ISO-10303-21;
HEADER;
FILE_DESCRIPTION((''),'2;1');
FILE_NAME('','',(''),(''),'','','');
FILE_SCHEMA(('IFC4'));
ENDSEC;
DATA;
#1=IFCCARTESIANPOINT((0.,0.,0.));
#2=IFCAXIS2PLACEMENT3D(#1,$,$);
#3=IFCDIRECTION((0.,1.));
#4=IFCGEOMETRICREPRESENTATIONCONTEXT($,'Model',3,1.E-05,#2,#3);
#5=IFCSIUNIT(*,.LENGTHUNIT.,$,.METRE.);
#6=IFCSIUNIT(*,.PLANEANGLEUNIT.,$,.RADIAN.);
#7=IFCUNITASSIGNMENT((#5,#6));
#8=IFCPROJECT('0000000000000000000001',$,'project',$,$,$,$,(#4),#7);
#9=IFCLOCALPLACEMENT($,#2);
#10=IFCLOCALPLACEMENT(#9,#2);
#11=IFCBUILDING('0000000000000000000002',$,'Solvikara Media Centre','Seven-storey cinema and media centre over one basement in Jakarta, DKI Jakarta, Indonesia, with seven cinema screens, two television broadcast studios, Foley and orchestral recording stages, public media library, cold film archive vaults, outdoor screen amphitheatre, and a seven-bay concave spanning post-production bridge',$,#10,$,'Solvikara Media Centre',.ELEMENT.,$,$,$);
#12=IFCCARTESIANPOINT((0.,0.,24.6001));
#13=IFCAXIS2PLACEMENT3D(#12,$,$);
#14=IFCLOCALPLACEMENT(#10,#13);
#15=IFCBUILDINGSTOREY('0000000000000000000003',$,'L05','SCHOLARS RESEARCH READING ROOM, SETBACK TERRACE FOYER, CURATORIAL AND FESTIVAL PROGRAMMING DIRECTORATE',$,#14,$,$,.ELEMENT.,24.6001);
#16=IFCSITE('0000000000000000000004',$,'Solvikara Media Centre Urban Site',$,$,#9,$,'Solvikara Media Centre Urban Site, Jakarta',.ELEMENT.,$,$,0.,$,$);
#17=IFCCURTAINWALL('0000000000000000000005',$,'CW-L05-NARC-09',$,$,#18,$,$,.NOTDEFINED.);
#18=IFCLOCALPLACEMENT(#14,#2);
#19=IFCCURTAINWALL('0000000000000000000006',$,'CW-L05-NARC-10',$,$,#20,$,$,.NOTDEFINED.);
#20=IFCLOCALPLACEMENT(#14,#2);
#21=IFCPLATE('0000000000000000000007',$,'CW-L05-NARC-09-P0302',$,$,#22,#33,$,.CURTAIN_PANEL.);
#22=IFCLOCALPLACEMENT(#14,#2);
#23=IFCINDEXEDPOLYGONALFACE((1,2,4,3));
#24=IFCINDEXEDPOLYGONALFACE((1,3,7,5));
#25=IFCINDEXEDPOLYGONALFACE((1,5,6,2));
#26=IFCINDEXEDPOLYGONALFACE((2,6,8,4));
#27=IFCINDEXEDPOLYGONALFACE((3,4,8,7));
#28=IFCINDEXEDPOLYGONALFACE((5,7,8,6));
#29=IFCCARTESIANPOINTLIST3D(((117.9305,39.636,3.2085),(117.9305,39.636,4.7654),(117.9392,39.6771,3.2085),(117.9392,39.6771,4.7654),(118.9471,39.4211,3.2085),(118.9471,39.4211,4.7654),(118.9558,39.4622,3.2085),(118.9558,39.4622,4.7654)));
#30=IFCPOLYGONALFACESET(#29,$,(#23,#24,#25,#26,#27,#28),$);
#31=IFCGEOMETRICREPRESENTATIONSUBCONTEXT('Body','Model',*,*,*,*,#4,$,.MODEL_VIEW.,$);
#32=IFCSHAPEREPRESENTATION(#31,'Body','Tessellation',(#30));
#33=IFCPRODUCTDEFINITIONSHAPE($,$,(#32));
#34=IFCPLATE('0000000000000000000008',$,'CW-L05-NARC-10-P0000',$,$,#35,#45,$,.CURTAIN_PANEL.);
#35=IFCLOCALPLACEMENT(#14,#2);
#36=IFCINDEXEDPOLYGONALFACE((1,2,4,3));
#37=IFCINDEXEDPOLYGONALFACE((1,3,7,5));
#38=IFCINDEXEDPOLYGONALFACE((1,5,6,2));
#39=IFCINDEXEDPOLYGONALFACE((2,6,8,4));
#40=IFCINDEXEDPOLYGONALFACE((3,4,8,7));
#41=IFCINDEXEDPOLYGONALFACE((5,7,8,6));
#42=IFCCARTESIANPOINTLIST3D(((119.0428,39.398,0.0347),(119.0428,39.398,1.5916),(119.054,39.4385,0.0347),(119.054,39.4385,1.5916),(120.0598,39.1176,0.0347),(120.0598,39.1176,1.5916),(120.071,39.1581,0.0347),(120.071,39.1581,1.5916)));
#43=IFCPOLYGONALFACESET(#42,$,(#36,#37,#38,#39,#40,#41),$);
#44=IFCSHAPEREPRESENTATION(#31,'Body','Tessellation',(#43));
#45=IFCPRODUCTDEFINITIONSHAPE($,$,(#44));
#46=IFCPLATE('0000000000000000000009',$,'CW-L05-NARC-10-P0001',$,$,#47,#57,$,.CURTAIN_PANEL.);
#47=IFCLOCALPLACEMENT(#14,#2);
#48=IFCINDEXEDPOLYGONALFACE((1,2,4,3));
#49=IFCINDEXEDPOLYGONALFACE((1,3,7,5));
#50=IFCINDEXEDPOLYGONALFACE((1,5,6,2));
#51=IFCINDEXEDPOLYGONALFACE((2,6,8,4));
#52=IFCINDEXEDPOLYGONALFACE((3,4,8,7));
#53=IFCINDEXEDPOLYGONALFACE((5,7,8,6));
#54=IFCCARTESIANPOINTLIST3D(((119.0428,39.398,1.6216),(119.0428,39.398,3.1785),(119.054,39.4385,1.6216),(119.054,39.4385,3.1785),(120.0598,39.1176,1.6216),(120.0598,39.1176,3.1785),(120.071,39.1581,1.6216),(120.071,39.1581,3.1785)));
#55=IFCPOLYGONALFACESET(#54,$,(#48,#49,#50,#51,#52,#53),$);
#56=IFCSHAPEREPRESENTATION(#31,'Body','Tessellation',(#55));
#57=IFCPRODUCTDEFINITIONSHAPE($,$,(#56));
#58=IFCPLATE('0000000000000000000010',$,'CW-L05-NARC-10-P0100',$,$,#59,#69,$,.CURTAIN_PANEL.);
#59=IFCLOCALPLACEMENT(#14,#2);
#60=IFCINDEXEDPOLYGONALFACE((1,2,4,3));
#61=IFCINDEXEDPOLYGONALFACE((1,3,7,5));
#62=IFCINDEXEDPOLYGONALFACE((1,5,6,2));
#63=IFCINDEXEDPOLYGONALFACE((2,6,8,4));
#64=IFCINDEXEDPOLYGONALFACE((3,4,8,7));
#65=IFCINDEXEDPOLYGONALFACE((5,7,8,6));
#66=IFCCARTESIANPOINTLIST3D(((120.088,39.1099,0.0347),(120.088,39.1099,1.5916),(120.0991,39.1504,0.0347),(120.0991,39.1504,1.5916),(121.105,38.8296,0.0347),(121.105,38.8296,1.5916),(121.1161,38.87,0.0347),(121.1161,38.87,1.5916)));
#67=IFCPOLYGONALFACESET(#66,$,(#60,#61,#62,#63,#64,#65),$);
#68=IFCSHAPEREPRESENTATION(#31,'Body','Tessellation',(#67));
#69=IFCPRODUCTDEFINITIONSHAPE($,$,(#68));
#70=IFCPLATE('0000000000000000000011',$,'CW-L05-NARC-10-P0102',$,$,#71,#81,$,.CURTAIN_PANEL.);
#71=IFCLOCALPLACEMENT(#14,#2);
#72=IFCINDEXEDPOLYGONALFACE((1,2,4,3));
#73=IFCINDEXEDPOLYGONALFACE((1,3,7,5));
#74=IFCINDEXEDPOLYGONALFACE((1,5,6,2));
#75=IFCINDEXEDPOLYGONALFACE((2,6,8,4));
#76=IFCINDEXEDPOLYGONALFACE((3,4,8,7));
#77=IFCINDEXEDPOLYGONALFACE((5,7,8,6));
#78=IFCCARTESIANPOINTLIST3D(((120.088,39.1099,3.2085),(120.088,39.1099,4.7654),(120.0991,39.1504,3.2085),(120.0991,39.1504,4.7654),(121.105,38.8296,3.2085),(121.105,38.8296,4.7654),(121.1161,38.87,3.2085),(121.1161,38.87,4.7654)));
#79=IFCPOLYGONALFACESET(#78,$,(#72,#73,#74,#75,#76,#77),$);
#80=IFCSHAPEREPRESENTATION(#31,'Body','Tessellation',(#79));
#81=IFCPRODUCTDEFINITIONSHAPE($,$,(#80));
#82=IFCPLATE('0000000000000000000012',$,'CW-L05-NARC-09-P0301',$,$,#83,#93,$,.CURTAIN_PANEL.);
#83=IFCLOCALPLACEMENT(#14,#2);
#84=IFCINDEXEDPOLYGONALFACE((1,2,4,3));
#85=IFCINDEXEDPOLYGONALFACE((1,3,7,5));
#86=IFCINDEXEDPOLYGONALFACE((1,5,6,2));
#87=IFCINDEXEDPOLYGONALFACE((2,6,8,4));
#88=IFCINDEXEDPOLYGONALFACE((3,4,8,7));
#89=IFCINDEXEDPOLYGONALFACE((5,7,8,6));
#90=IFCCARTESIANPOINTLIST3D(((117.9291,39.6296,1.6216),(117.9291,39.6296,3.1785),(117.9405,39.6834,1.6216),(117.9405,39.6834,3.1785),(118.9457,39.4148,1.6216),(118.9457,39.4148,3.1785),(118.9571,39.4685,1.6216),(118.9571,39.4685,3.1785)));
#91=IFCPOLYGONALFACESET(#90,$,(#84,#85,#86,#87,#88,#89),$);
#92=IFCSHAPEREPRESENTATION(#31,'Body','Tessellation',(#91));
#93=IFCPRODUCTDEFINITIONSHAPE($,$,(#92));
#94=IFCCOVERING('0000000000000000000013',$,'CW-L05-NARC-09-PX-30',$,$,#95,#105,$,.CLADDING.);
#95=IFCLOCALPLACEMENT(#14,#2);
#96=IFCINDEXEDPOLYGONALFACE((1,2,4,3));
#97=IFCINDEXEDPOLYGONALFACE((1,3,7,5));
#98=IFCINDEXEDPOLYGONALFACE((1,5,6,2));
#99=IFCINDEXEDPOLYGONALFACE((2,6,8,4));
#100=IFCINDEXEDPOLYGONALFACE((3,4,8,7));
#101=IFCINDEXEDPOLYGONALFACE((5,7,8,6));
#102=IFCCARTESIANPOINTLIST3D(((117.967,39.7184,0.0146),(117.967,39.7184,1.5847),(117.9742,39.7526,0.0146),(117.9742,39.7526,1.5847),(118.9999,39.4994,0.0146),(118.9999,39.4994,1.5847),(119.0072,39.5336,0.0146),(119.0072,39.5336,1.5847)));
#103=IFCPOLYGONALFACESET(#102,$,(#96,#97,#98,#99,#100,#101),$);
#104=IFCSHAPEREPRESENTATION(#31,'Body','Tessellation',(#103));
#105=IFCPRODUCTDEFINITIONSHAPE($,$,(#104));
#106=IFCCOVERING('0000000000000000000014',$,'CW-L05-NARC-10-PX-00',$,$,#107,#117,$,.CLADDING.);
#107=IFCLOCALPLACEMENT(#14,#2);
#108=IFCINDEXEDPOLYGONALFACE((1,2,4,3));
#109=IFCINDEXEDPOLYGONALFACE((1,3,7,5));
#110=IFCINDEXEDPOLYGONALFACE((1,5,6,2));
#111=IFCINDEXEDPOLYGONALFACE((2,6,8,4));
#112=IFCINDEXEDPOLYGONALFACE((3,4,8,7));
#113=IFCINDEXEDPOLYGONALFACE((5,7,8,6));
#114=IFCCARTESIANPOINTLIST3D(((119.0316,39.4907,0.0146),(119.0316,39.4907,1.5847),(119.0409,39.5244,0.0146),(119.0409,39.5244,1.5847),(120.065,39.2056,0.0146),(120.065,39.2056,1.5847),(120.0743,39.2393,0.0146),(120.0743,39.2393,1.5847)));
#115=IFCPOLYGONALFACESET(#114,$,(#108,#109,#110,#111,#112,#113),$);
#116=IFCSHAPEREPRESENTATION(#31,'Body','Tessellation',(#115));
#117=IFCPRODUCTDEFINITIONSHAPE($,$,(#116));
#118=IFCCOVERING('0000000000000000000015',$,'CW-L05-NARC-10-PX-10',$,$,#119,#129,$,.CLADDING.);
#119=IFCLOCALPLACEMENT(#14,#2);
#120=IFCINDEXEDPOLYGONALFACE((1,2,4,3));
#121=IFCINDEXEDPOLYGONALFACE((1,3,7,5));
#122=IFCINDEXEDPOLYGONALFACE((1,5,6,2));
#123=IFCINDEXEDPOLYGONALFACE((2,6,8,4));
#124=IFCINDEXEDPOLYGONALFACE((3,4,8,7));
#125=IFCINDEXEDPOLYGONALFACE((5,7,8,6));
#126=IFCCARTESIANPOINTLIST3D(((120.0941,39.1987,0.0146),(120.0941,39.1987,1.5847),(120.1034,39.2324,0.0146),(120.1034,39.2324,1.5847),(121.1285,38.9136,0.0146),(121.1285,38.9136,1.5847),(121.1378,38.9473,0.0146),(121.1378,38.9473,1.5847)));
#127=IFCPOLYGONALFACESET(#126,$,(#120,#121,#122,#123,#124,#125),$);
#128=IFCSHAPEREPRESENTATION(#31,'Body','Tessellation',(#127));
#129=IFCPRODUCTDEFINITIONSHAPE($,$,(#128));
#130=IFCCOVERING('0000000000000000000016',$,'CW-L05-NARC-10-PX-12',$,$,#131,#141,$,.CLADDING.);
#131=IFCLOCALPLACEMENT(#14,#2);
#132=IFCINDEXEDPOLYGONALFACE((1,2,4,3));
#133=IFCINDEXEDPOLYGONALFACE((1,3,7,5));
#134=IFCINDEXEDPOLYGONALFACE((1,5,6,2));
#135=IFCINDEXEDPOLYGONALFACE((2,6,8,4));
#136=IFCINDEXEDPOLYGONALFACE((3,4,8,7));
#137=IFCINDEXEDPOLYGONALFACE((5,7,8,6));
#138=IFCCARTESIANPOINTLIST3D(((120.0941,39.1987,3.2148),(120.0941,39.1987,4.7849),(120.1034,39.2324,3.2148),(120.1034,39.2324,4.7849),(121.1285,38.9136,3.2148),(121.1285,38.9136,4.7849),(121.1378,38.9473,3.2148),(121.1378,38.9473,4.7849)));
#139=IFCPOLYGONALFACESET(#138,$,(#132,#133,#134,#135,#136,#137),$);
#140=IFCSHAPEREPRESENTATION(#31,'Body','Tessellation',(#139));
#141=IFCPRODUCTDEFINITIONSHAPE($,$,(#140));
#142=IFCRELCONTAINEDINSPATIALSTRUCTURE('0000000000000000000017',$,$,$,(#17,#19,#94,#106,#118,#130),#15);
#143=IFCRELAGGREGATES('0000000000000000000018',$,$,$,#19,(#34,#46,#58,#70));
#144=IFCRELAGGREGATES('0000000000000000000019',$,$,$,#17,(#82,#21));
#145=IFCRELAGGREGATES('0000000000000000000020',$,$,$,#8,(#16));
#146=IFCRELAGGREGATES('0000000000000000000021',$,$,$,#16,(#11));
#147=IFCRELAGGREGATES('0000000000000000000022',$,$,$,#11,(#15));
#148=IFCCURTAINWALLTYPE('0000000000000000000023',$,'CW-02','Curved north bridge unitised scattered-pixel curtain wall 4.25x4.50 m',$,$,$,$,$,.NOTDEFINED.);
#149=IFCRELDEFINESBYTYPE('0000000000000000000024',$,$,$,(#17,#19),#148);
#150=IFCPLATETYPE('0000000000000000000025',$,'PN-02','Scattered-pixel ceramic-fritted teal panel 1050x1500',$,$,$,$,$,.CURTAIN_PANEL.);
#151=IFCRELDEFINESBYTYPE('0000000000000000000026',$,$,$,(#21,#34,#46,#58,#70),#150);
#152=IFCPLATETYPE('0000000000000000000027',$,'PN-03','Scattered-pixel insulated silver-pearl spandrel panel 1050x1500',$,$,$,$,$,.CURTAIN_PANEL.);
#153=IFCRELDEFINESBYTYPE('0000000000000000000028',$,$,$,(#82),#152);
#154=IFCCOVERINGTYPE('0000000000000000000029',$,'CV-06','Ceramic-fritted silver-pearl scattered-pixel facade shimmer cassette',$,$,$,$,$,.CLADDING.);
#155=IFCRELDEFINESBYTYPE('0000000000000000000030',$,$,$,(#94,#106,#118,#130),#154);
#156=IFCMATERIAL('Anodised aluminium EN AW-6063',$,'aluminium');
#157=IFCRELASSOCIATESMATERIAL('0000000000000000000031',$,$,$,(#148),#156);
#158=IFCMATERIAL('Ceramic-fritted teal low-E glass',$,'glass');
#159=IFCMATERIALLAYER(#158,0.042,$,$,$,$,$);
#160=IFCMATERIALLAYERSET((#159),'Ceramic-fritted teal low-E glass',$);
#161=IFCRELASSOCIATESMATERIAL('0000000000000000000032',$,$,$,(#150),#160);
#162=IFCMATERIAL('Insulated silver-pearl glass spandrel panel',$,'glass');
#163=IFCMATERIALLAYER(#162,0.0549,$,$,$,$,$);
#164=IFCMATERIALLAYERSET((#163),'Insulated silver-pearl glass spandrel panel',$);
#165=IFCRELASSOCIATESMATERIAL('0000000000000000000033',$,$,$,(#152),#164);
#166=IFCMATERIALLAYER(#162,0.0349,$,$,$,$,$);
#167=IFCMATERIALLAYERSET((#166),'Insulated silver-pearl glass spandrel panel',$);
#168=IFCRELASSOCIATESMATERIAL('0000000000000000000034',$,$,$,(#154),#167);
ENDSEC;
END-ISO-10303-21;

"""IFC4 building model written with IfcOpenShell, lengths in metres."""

from ifc_helpers import new_model, si_unit, direction, frame, origin, origin_2d, place, context, subcontext, project, spatial, rectangle, extrude, material, layer, layer_set, type_object, element, aggregate, save


model = new_model("IFC4")

# Units and contexts
model_context = context("Model", 3, precision=1e-05, world=origin(), true_north=direction((0.0, 1.0)))
body_context = subcontext(model_context, "Body", "Model", "MODEL_VIEW")
ifc_project = project(units=[si_unit("LENGTHUNIT", "METRE"), si_unit("PLANEANGLEUNIT", "RADIAN")], contexts=[model_context])

# Site, building, storey
site_placement = place(None, origin())
site = spatial("IfcSite", under=ifc_project, at=site_placement, Name="Solvikara Media Centre Urban Site", LongName="Solvikara Media Centre Urban Site, Jakarta", CompositionType="ELEMENT", RefElevation=0.0)
building_placement = place(site_placement, origin())
building = spatial("IfcBuilding", under=site, at=building_placement, Name="Solvikara Media Centre", Description="Seven-storey cinema and media centre over one basement in Jakarta, DKI Jakarta, Indonesia, with seven cinema screens, two television broadcast studios, Foley and orchestral recording stages, public media library, cold film archive vaults, outdoor screen amphitheatre, and a seven-bay concave spanning post-production bridge", LongName="Solvikara Media Centre", CompositionType="ELEMENT")
storey_placement = place(building_placement, frame((0.0, 0.0, 24.6001)))
storey = spatial("IfcBuildingStorey", under=building, at=storey_placement, Name="L05", Description="SCHOLARS RESEARCH READING ROOM, SETBACK TERRACE FOYER, CURATORIAL AND FESTIVAL PROGRAMMING DIRECTORATE", CompositionType="ELEMENT", Elevation=24.6001)

# Curtain wall
ifc_material_1 = material(Name="Anodised aluminium EN AW-6063", Category="aluminium")
curtain_wall_type = type_object("IfcCurtainWallType", Name="CW-02", Description="Curved north bridge unitised scattered-pixel curtain wall 4.25x4.50 m", PredefinedType="NOTDEFINED", material=ifc_material_1)
curtain_wall_1_placement = place(storey_placement, origin())
curtain_wall_1 = element("IfcCurtainWall", 1, at=curtain_wall_1_placement, inside=storey, type_object=curtain_wall_type, Name="CW-L05-NARC-09", PredefinedType="NOTDEFINED")

# Curtain wall
curtain_wall_2_placement = place(storey_placement, origin())
curtain_wall_2 = element("IfcCurtainWall", 2, at=curtain_wall_2_placement, inside=storey, type_object=curtain_wall_type, Name="CW-L05-NARC-10", PredefinedType="NOTDEFINED")

# Plates
ifc_material_2 = material(Name="Ceramic-fritted teal low-E glass", Category="glass")
ifc_layer_1 = layer(ifc_material_2, 0.042)
ifc_layer_set_1 = layer_set([ifc_layer_1], Name="Ceramic-fritted teal low-E glass")
plate_type_1 = type_object("IfcPlateType", Name="PN-02", Description="Scattered-pixel ceramic-fritted teal panel 1050x1500", PredefinedType="CURTAIN_PANEL", material=ifc_layer_set_1)
plate_1_placement = place(storey_placement, frame((118.4431, 39.5491, 3.2085), z_axis=(0.0, 0.0, 1.0), x_axis=(0.978379, -0.206819, 0.0)))
plate_1 = element("IfcPlate", 3, at=plate_1_placement, type_object=plate_type_1, Name="CW-L05-NARC-09-P0302", PredefinedType="CURTAIN_PANEL", context=body_context, shape_type="SweptSolid", body=[
    extrude(rectangle(XDim=1.0391, YDim=0.042, at=origin_2d()), origin(), (0.0, 0.0, 1.0), 1.5569),
])
plate_2_placement = place(storey_placement, frame((119.5569, 39.2781, 0.0347), z_axis=(0.0, 0.0, 1.0), x_axis=(0.96403, -0.265792, 0.0)))
plate_2 = element("IfcPlate", 4, at=plate_2_placement, type_object=plate_type_1, Name="CW-L05-NARC-10-P0000", PredefinedType="CURTAIN_PANEL", context=body_context, shape_type="SweptSolid", body=[
    extrude(rectangle(XDim=1.0549, YDim=0.042, at=origin_2d()), origin(), (0.0, 0.0, 1.0), 1.5569),
])
plate_3_placement = place(storey_placement, frame((119.5569, 39.2781, 1.6216), z_axis=(0.0, 0.0, 1.0), x_axis=(0.96403, -0.265792, 0.0)))
plate_3 = element("IfcPlate", 5, at=plate_3_placement, type_object=plate_type_1, Name="CW-L05-NARC-10-P0001", PredefinedType="CURTAIN_PANEL", context=body_context, shape_type="SweptSolid", body=[
    extrude(rectangle(XDim=1.0549, YDim=0.042, at=origin_2d()), origin(), (0.0, 0.0, 1.0), 1.5569),
])
plate_4_placement = place(storey_placement, frame((120.6021, 38.99, 0.0347), z_axis=(0.0, 0.0, 1.0), x_axis=(0.96403, -0.265792, 0.0)))
plate_4 = element("IfcPlate", 6, at=plate_4_placement, type_object=plate_type_1, Name="CW-L05-NARC-10-P0100", PredefinedType="CURTAIN_PANEL", context=body_context, shape_type="SweptSolid", body=[
    extrude(rectangle(XDim=1.0549, YDim=0.042, at=origin_2d()), origin(), (0.0, 0.0, 1.0), 1.5569),
])
plate_5_placement = place(storey_placement, frame((120.6021, 38.99, 3.2085), z_axis=(0.0, 0.0, 1.0), x_axis=(0.96403, -0.265792, 0.0)))
plate_5 = element("IfcPlate", 7, at=plate_5_placement, type_object=plate_type_1, Name="CW-L05-NARC-10-P0102", PredefinedType="CURTAIN_PANEL", context=body_context, shape_type="SweptSolid", body=[
    extrude(rectangle(XDim=1.0549, YDim=0.042, at=origin_2d()), origin(), (0.0, 0.0, 1.0), 1.5569),
])
aggregate(curtain_wall_2, [plate_2, plate_3, plate_4, plate_5])
ifc_material_3 = material(Name="Insulated silver-pearl glass spandrel panel", Category="glass")
ifc_layer_2 = layer(ifc_material_3, 0.0549)
ifc_layer_set_2 = layer_set([ifc_layer_2], Name="Insulated silver-pearl glass spandrel panel")
plate_type_2 = type_object("IfcPlateType", Name="PN-03", Description="Scattered-pixel insulated silver-pearl spandrel panel 1050x1500", PredefinedType="CURTAIN_PANEL", material=ifc_layer_set_2)
plate_6_placement = place(storey_placement, frame((118.4431, 39.5491, 1.6216), z_axis=(0.0, 0.0, 1.0), x_axis=(0.978379, -0.206819, 0.0)))
plate_6 = element("IfcPlate", 8, at=plate_6_placement, type_object=plate_type_2, Name="CW-L05-NARC-09-P0301", PredefinedType="CURTAIN_PANEL", context=body_context, shape_type="SweptSolid", body=[
    extrude(rectangle(XDim=1.0391, YDim=0.0549, at=origin_2d()), origin(), (0.0, 0.0, 1.0), 1.5569),
])
aggregate(curtain_wall_1, [plate_6, plate_1])

# Coverings
ifc_layer_3 = layer(ifc_material_3, 0.0349)
ifc_layer_set_3 = layer_set([ifc_layer_3], Name="Insulated silver-pearl glass spandrel panel")
covering_type = type_object("IfcCoveringType", Name="CV-06", Description="Ceramic-fritted silver-pearl scattered-pixel facade shimmer cassette", PredefinedType="CLADDING", material=ifc_layer_set_3)
covering_1_placement = place(storey_placement, frame((118.4871, 39.626, 0.0146), z_axis=(0.0, 0.0, 1.0), x_axis=(0.978256, -0.2074, 0.0)))
element("IfcCovering", 9, at=covering_1_placement, inside=storey, type_object=covering_type, Name="CW-L05-NARC-09-PX-30", PredefinedType="CLADDING", context=body_context, shape_type="SweptSolid", body=[
    extrude(rectangle(XDim=1.0559, YDim=0.0349, at=origin_2d()), origin(), (0.0, 0.0, 1.0), 1.5701),
])
covering_2_placement = place(storey_placement, frame((119.553, 39.365, 0.0146), z_axis=(0.0, 0.0, 1.0), x_axis=(0.963984, -0.26596, 0.0)))
element("IfcCovering", 10, at=covering_2_placement, inside=storey, type_object=covering_type, Name="CW-L05-NARC-10-PX-00", PredefinedType="CLADDING", context=body_context, shape_type="SweptSolid", body=[
    extrude(rectangle(XDim=1.072, YDim=0.0349, at=origin_2d()), origin(), (0.0, 0.0, 1.0), 1.5701),
])
for number, where, z_axis, x_axis, name in (
    (11, (120.616, 39.073, 0.0146), (0.0, 0.0, 1.0), (0.964049, -0.265724, 0.0), "CW-L05-NARC-10-PX-10"),
    (12, (120.616, 39.073, 3.2148), (0.0, 0.0, 1.0), (0.964049, -0.265724, 0.0), "CW-L05-NARC-10-PX-12"),
):
    element("IfcCovering", number, at=place(storey_placement, frame(where, z_axis=z_axis, x_axis=x_axis)), inside=storey, type_object=covering_type, Name=name, PredefinedType="CLADDING", context=body_context, shape_type="SweptSolid", body=[
        extrude(rectangle(XDim=1.073, YDim=0.0349, at=origin_2d()), origin(), (0.0, 0.0, 1.0), 1.5701),
    ])

save(model, "model.ifc")
